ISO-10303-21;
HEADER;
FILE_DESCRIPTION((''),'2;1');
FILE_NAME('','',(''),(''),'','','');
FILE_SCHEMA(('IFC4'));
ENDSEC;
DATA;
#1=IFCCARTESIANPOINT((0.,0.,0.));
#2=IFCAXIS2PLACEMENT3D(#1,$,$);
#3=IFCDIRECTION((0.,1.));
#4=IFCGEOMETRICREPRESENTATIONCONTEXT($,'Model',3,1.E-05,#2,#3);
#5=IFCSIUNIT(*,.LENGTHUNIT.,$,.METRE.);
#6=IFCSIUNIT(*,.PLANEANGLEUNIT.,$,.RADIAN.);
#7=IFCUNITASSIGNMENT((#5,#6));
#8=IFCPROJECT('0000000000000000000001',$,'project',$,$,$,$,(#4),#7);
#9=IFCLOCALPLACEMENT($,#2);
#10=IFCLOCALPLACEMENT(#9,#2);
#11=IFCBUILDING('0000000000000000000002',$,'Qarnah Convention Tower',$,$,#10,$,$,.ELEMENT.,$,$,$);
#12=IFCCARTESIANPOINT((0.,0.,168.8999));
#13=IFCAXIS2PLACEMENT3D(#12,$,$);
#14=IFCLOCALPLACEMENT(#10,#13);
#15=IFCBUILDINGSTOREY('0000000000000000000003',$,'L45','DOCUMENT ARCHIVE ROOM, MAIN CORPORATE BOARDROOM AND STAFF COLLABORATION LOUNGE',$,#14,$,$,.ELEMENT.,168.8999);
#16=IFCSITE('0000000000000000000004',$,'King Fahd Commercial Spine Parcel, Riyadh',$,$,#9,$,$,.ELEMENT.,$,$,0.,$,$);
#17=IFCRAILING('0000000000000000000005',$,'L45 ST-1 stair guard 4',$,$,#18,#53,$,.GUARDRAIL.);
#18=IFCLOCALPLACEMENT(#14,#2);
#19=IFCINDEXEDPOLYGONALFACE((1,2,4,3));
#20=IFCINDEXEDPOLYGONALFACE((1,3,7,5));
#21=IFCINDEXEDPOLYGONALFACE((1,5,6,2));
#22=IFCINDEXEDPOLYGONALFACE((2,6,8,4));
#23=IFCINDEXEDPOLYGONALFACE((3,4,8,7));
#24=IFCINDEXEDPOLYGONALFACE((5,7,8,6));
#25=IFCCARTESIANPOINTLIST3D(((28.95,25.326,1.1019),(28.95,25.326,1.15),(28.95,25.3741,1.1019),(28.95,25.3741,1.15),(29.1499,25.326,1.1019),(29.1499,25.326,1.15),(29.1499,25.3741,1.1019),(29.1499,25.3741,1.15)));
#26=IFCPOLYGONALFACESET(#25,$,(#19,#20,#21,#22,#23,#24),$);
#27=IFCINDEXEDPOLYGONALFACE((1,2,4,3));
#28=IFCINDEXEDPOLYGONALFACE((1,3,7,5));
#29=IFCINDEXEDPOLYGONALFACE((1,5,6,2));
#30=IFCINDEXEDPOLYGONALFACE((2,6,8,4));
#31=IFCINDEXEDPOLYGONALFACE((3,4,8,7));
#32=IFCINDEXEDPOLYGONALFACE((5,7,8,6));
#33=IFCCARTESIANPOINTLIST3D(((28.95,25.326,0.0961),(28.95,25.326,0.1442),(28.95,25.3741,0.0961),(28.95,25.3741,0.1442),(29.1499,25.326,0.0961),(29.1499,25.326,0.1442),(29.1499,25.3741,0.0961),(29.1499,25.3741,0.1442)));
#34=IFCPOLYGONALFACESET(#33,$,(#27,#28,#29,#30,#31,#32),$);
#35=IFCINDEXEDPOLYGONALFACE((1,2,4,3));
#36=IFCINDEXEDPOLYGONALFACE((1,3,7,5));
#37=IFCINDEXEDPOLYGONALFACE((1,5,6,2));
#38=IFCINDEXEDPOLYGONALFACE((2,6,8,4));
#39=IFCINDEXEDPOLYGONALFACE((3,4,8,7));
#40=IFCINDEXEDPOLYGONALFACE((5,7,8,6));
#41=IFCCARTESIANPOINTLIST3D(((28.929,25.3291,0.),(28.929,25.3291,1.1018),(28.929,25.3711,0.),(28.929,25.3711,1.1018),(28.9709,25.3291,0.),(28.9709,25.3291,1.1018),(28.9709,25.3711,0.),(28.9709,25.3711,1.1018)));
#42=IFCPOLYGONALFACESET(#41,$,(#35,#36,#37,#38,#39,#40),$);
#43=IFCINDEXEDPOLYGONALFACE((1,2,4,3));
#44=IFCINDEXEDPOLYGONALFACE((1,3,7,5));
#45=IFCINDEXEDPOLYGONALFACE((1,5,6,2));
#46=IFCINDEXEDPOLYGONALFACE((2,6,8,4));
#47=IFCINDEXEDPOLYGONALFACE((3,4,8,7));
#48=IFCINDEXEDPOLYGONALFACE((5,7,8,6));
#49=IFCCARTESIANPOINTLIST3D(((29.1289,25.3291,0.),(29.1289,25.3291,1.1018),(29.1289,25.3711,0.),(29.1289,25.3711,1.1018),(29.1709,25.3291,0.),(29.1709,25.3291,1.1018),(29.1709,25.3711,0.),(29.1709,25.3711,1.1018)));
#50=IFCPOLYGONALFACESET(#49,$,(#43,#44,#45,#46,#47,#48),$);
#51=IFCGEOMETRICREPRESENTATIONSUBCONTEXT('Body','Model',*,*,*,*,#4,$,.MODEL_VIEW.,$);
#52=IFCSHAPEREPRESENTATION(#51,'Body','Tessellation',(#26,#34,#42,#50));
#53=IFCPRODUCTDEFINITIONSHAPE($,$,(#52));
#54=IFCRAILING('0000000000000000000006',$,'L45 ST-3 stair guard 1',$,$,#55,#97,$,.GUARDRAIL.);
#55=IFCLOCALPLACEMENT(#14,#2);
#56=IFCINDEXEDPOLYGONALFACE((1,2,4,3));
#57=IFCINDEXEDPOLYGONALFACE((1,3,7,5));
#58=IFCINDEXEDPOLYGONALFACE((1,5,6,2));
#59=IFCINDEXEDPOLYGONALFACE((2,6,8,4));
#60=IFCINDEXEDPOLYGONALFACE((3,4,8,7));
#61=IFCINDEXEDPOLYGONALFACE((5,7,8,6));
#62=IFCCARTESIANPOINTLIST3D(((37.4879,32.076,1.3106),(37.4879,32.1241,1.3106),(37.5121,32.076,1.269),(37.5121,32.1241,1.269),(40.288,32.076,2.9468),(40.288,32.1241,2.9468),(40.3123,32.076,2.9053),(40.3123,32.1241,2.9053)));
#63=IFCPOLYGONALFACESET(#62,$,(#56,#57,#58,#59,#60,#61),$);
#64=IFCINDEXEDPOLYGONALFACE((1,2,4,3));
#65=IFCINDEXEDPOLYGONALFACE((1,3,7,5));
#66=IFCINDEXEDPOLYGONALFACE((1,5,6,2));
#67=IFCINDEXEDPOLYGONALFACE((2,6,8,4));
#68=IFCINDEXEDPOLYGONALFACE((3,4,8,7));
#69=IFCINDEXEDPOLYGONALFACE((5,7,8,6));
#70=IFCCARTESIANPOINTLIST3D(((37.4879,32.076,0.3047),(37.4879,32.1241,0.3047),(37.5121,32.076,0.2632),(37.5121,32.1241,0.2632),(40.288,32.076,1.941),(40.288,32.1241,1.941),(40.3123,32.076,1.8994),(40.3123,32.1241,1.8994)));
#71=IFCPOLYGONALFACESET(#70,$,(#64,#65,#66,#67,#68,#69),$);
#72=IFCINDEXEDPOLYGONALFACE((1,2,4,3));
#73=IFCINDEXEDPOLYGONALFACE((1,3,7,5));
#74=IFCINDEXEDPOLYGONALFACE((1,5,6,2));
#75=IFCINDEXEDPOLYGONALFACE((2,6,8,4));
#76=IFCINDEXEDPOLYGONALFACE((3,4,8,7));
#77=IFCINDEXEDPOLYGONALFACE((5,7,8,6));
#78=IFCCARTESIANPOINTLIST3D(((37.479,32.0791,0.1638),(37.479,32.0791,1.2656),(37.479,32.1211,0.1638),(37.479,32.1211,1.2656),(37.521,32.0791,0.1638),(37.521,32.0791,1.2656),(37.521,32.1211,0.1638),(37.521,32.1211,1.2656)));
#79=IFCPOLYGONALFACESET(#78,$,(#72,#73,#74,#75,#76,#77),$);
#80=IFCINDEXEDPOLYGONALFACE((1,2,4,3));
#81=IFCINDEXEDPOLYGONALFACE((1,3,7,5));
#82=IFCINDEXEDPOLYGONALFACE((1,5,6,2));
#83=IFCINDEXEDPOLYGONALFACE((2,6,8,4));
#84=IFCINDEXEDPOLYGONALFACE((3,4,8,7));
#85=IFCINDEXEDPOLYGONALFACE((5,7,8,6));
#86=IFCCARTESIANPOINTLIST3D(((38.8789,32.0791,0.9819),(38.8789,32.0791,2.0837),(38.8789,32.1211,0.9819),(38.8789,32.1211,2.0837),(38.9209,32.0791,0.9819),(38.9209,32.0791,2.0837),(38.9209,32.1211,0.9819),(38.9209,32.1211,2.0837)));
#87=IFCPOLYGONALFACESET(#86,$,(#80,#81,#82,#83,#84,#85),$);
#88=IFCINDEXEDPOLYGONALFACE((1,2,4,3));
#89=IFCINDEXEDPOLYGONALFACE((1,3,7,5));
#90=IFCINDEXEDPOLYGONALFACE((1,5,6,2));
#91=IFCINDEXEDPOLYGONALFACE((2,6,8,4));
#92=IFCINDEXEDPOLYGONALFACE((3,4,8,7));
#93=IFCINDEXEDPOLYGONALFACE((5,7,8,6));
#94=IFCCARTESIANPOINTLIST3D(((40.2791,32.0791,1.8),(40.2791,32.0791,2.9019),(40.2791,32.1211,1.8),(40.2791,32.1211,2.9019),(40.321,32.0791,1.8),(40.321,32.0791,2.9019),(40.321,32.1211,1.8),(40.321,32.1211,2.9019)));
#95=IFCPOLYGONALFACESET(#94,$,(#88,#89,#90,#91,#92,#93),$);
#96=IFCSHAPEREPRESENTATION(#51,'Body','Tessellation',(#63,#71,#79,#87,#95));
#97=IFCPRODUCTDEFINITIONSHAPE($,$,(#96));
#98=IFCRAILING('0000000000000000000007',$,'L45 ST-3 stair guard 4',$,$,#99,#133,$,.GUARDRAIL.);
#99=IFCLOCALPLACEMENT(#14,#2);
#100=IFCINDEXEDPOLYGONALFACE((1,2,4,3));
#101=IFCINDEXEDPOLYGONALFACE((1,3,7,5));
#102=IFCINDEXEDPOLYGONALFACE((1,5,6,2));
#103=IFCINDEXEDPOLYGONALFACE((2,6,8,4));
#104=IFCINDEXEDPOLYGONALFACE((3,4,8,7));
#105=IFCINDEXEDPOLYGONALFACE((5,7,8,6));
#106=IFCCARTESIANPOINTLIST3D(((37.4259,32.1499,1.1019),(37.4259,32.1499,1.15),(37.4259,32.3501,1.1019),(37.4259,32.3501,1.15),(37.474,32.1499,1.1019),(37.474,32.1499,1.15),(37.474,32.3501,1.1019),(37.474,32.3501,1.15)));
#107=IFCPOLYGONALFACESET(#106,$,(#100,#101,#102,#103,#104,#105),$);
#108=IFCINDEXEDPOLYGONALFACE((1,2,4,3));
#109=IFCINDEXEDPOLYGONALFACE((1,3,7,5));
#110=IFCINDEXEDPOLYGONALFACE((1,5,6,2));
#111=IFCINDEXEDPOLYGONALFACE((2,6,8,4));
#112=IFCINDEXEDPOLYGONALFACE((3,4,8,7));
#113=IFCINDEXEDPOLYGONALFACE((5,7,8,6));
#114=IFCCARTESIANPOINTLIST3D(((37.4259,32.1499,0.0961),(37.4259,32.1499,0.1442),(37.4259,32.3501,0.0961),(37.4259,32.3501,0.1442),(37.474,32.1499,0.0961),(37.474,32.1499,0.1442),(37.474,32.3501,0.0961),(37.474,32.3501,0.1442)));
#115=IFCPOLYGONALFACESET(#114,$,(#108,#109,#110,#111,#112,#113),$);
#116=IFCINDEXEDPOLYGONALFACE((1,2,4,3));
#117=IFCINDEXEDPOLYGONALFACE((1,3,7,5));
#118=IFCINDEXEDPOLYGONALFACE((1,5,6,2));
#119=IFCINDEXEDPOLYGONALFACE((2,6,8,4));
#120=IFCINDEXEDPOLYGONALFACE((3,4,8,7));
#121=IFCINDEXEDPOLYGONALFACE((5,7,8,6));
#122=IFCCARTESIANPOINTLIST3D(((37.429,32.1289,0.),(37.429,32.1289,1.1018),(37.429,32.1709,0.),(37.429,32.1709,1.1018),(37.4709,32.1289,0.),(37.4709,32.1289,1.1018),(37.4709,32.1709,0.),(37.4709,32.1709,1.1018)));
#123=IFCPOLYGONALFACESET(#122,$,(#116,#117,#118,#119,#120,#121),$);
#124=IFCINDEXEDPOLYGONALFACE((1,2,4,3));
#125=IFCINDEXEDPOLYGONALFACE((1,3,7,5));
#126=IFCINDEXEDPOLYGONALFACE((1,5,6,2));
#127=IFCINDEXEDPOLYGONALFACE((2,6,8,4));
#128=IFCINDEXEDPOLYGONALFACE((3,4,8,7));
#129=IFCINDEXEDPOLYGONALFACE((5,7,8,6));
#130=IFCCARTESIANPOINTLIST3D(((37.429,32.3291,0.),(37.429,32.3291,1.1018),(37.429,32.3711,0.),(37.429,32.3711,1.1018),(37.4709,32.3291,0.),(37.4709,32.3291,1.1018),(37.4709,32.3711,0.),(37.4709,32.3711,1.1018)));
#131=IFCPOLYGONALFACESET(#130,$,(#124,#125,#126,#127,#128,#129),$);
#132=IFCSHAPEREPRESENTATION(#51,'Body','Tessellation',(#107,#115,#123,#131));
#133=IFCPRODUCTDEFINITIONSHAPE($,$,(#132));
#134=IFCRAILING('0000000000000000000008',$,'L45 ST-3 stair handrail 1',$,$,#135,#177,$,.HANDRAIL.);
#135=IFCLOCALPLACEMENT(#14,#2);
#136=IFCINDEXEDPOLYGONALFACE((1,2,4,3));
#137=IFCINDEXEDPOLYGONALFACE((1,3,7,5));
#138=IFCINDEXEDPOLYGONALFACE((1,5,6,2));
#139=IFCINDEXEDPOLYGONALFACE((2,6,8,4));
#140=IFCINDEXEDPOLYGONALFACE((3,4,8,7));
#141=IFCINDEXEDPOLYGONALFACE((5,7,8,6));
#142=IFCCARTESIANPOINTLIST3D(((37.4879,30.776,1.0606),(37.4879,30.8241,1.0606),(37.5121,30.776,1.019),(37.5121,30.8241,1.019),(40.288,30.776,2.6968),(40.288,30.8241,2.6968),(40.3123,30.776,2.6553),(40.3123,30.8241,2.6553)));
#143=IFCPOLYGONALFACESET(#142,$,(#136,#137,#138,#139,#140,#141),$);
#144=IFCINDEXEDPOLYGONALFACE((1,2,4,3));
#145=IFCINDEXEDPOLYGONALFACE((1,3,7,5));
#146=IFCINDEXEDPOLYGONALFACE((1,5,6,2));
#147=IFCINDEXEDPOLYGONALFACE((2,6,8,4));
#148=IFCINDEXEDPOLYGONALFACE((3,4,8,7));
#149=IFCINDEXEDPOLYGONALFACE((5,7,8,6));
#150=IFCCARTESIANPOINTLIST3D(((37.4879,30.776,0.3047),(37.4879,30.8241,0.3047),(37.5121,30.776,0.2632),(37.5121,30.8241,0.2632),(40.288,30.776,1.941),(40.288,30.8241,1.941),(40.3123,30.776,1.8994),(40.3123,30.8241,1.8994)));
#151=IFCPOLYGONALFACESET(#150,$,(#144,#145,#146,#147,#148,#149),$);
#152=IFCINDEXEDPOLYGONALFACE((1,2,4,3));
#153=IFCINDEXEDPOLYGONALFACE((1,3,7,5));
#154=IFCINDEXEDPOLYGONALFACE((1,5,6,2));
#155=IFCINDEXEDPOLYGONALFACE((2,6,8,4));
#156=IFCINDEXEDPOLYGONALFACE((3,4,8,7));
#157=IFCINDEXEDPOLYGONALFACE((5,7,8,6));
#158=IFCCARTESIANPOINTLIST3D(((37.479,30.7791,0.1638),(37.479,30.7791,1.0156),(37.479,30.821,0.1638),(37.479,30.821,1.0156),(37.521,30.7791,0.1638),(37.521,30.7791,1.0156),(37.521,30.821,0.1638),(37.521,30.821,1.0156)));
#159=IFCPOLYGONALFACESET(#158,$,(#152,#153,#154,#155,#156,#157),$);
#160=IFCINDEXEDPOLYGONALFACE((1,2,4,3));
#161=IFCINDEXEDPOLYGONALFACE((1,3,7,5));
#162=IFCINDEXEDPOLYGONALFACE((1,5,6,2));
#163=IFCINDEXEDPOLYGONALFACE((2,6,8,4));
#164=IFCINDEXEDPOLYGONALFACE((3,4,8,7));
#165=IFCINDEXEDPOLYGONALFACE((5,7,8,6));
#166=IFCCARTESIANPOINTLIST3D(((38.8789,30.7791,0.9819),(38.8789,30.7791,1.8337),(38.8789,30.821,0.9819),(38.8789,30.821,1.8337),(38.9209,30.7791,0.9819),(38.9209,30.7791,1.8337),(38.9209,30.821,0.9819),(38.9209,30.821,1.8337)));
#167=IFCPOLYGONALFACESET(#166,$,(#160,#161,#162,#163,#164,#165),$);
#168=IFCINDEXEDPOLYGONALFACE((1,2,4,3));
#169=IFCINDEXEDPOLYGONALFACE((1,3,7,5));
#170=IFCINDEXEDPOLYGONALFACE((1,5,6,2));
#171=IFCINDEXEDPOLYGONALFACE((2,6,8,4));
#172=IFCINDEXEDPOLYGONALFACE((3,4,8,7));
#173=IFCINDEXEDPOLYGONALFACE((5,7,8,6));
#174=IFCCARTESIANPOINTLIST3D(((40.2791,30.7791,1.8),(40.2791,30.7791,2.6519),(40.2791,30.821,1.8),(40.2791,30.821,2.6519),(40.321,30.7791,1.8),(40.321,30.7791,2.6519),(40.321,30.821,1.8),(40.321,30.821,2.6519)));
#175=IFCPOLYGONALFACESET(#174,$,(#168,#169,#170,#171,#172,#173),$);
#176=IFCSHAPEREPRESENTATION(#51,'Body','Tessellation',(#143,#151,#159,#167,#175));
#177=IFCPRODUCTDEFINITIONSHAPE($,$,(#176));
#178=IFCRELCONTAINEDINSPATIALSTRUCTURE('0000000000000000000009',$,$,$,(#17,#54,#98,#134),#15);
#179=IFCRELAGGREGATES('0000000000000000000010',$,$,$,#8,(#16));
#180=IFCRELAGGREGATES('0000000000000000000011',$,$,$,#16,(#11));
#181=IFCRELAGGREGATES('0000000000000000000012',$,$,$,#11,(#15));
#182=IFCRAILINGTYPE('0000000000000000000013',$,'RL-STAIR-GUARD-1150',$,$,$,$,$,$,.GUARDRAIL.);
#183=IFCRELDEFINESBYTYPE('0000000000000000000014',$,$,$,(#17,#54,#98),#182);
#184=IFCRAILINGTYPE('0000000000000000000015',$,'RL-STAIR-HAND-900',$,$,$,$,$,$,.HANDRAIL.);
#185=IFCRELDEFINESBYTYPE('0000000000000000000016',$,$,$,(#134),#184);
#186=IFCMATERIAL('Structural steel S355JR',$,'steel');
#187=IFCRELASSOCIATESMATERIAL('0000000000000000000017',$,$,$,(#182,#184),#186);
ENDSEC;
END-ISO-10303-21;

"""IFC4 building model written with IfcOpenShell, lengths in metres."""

from ifc_helpers import new_model, si_unit, direction, frame, origin, origin_2d, place, context, subcontext, project, spatial, rectangle, extrude, material, type_object, element, save


model = new_model("IFC4")

# Units and contexts
model_context = context("Model", 3, precision=1e-05, world=origin(), true_north=direction((0.0, 1.0)))
body_context = subcontext(model_context, "Body", "Model", "MODEL_VIEW")
ifc_project = project(units=[si_unit("LENGTHUNIT", "METRE"), si_unit("PLANEANGLEUNIT", "RADIAN")], contexts=[model_context])

# Site, building, storey
site_placement = place(None, origin())
site = spatial("IfcSite", under=ifc_project, at=site_placement, Name="King Fahd Commercial Spine Parcel, Riyadh", CompositionType="ELEMENT", RefElevation=0.0)
building_placement = place(site_placement, origin())
building = spatial("IfcBuilding", under=site, at=building_placement, Name="Qarnah Convention Tower", CompositionType="ELEMENT")
storey_placement = place(building_placement, frame((0.0, 0.0, 168.8999)))
storey = spatial("IfcBuildingStorey", under=building, at=storey_placement, Name="L45", Description="DOCUMENT ARCHIVE ROOM, MAIN CORPORATE BOARDROOM AND STAFF COLLABORATION LOUNGE", CompositionType="ELEMENT", Elevation=168.8999)

# Shared definitions
ifc_material_1 = material(Name="Structural steel S355JR", Category="steel")

# Railings
railing_type_1 = type_object("IfcRailingType", Name="RL-STAIR-GUARD-1150", PredefinedType="GUARDRAIL", material=ifc_material_1)
railing_1_placement = place(storey_placement, frame((28.95, 25.3501, 0.0)))
element("IfcRailing", 1, at=railing_1_placement, inside=storey, type_object=railing_type_1, Name="L45 ST-1 stair guard 4", PredefinedType="GUARDRAIL", context=body_context, shape_type="SweptSolid", body=[
    extrude(rectangle(XDim=0.0481, YDim=0.0481, at=origin_2d()), frame((0.0, 0.0, 1.126), z_axis=(1.0, 0.0, 0.0), x_axis=(0.0, 1.0, 0.0)), (0.0, 0.0, 1.0), 0.2),
    extrude(rectangle(XDim=0.0481, YDim=0.0481, at=origin_2d()), frame((0.0, 0.0, 0.1201), z_axis=(1.0, 0.0, 0.0), x_axis=(0.0, 1.0, 0.0)), (0.0, 0.0, 1.0), 0.2),
    extrude(rectangle(XDim=0.042, YDim=0.042, at=origin_2d()), origin(), (0.0, 0.0, 1.0), 1.1018),
    extrude(rectangle(XDim=0.042, YDim=0.042, at=origin_2d()), frame((0.2, 0.0, 0.0)), (0.0, 0.0, 1.0), 1.1018),
])
railing_2_placement = place(storey_placement, frame((37.5, 32.1001, 0.1638)))
element("IfcRailing", 2, at=railing_2_placement, inside=storey, type_object=railing_type_1, Name="L45 ST-3 stair guard 1", PredefinedType="GUARDRAIL", context=body_context, shape_type="SweptSolid", body=[
    extrude(rectangle(XDim=0.0481, YDim=0.0481, at=origin_2d()), frame((0.0, 0.0, 1.126), z_axis=(0.863394, 0.0, 0.504531), x_axis=(0.0, 1.0, 0.0)), (0.0, 0.0, 1.0), 3.2432),
    extrude(rectangle(XDim=0.0481, YDim=0.0481, at=origin_2d()), frame((0.0, 0.0, 0.1201), z_axis=(0.863394, 0.0, 0.504531), x_axis=(0.0, 1.0, 0.0)), (0.0, 0.0, 1.0), 3.2432),
    extrude(rectangle(XDim=0.042, YDim=0.042, at=origin_2d()), origin(), (0.0, 0.0, 1.0), 1.1018),
    extrude(rectangle(XDim=0.042, YDim=0.042, at=origin_2d()), frame((1.3999, 0.0, 0.8181)), (0.0, 0.0, 1.0), 1.1018),
    extrude(rectangle(XDim=0.042, YDim=0.042, at=origin_2d()), frame((2.8, 0.0, 1.6362)), (0.0, 0.0, 1.0), 1.1018),
])
railing_3_placement = place(storey_placement, frame((37.45, 32.1499, 0.0)))
element("IfcRailing", 3, at=railing_3_placement, inside=storey, type_object=railing_type_1, Name="L45 ST-3 stair guard 4", PredefinedType="GUARDRAIL", context=body_context, shape_type="SweptSolid", body=[
    extrude(rectangle(XDim=0.0481, YDim=0.0481, at=origin_2d()), frame((0.0, 0.0, 1.126), z_axis=(0.0, 1.0, 0.0), x_axis=(-1.0, 0.0, 0.0)), (0.0, 0.0, 1.0), 0.2002),
    extrude(rectangle(XDim=0.0481, YDim=0.0481, at=origin_2d()), frame((0.0, 0.0, 0.1201), z_axis=(0.0, 1.0, 0.0), x_axis=(-1.0, 0.0, 0.0)), (0.0, 0.0, 1.0), 0.2002),
    extrude(rectangle(XDim=0.042, YDim=0.042, at=origin_2d()), origin(), (0.0, 0.0, 1.0), 1.1018),
    extrude(rectangle(XDim=0.042, YDim=0.042, at=origin_2d()), frame((0.0, 0.2002, 0.0)), (0.0, 0.0, 1.0), 1.1018),
])
railing_type_2 = type_object("IfcRailingType", Name="RL-STAIR-HAND-900", PredefinedType="HANDRAIL", material=ifc_material_1)
railing_4_placement = place(storey_placement, frame((37.5, 30.8, 0.1638)))
element("IfcRailing", 4, at=railing_4_placement, inside=storey, type_object=railing_type_2, Name="L45 ST-3 stair handrail 1", PredefinedType="HANDRAIL", context=body_context, shape_type="SweptSolid", body=[
    extrude(rectangle(XDim=0.0481, YDim=0.0481, at=origin_2d()), frame((0.0, 0.0, 0.876), z_axis=(0.863394, 0.0, 0.504531), x_axis=(0.0, 1.0, 0.0)), (0.0, 0.0, 1.0), 3.2432),
    extrude(rectangle(XDim=0.0481, YDim=0.0481, at=origin_2d()), frame((0.0, 0.0, 0.1201), z_axis=(0.863394, 0.0, 0.504531), x_axis=(0.0, 1.0, 0.0)), (0.0, 0.0, 1.0), 3.2432),
    extrude(rectangle(XDim=0.042, YDim=0.042, at=origin_2d()), origin(), (0.0, 0.0, 1.0), 0.8518),
    extrude(rectangle(XDim=0.042, YDim=0.042, at=origin_2d()), frame((1.3999, 0.0, 0.8181)), (0.0, 0.0, 1.0), 0.8518),
    extrude(rectangle(XDim=0.042, YDim=0.042, at=origin_2d()), frame((2.8, 0.0, 1.6362)), (0.0, 0.0, 1.0), 0.8518),
])

save(model, "model.ifc")
